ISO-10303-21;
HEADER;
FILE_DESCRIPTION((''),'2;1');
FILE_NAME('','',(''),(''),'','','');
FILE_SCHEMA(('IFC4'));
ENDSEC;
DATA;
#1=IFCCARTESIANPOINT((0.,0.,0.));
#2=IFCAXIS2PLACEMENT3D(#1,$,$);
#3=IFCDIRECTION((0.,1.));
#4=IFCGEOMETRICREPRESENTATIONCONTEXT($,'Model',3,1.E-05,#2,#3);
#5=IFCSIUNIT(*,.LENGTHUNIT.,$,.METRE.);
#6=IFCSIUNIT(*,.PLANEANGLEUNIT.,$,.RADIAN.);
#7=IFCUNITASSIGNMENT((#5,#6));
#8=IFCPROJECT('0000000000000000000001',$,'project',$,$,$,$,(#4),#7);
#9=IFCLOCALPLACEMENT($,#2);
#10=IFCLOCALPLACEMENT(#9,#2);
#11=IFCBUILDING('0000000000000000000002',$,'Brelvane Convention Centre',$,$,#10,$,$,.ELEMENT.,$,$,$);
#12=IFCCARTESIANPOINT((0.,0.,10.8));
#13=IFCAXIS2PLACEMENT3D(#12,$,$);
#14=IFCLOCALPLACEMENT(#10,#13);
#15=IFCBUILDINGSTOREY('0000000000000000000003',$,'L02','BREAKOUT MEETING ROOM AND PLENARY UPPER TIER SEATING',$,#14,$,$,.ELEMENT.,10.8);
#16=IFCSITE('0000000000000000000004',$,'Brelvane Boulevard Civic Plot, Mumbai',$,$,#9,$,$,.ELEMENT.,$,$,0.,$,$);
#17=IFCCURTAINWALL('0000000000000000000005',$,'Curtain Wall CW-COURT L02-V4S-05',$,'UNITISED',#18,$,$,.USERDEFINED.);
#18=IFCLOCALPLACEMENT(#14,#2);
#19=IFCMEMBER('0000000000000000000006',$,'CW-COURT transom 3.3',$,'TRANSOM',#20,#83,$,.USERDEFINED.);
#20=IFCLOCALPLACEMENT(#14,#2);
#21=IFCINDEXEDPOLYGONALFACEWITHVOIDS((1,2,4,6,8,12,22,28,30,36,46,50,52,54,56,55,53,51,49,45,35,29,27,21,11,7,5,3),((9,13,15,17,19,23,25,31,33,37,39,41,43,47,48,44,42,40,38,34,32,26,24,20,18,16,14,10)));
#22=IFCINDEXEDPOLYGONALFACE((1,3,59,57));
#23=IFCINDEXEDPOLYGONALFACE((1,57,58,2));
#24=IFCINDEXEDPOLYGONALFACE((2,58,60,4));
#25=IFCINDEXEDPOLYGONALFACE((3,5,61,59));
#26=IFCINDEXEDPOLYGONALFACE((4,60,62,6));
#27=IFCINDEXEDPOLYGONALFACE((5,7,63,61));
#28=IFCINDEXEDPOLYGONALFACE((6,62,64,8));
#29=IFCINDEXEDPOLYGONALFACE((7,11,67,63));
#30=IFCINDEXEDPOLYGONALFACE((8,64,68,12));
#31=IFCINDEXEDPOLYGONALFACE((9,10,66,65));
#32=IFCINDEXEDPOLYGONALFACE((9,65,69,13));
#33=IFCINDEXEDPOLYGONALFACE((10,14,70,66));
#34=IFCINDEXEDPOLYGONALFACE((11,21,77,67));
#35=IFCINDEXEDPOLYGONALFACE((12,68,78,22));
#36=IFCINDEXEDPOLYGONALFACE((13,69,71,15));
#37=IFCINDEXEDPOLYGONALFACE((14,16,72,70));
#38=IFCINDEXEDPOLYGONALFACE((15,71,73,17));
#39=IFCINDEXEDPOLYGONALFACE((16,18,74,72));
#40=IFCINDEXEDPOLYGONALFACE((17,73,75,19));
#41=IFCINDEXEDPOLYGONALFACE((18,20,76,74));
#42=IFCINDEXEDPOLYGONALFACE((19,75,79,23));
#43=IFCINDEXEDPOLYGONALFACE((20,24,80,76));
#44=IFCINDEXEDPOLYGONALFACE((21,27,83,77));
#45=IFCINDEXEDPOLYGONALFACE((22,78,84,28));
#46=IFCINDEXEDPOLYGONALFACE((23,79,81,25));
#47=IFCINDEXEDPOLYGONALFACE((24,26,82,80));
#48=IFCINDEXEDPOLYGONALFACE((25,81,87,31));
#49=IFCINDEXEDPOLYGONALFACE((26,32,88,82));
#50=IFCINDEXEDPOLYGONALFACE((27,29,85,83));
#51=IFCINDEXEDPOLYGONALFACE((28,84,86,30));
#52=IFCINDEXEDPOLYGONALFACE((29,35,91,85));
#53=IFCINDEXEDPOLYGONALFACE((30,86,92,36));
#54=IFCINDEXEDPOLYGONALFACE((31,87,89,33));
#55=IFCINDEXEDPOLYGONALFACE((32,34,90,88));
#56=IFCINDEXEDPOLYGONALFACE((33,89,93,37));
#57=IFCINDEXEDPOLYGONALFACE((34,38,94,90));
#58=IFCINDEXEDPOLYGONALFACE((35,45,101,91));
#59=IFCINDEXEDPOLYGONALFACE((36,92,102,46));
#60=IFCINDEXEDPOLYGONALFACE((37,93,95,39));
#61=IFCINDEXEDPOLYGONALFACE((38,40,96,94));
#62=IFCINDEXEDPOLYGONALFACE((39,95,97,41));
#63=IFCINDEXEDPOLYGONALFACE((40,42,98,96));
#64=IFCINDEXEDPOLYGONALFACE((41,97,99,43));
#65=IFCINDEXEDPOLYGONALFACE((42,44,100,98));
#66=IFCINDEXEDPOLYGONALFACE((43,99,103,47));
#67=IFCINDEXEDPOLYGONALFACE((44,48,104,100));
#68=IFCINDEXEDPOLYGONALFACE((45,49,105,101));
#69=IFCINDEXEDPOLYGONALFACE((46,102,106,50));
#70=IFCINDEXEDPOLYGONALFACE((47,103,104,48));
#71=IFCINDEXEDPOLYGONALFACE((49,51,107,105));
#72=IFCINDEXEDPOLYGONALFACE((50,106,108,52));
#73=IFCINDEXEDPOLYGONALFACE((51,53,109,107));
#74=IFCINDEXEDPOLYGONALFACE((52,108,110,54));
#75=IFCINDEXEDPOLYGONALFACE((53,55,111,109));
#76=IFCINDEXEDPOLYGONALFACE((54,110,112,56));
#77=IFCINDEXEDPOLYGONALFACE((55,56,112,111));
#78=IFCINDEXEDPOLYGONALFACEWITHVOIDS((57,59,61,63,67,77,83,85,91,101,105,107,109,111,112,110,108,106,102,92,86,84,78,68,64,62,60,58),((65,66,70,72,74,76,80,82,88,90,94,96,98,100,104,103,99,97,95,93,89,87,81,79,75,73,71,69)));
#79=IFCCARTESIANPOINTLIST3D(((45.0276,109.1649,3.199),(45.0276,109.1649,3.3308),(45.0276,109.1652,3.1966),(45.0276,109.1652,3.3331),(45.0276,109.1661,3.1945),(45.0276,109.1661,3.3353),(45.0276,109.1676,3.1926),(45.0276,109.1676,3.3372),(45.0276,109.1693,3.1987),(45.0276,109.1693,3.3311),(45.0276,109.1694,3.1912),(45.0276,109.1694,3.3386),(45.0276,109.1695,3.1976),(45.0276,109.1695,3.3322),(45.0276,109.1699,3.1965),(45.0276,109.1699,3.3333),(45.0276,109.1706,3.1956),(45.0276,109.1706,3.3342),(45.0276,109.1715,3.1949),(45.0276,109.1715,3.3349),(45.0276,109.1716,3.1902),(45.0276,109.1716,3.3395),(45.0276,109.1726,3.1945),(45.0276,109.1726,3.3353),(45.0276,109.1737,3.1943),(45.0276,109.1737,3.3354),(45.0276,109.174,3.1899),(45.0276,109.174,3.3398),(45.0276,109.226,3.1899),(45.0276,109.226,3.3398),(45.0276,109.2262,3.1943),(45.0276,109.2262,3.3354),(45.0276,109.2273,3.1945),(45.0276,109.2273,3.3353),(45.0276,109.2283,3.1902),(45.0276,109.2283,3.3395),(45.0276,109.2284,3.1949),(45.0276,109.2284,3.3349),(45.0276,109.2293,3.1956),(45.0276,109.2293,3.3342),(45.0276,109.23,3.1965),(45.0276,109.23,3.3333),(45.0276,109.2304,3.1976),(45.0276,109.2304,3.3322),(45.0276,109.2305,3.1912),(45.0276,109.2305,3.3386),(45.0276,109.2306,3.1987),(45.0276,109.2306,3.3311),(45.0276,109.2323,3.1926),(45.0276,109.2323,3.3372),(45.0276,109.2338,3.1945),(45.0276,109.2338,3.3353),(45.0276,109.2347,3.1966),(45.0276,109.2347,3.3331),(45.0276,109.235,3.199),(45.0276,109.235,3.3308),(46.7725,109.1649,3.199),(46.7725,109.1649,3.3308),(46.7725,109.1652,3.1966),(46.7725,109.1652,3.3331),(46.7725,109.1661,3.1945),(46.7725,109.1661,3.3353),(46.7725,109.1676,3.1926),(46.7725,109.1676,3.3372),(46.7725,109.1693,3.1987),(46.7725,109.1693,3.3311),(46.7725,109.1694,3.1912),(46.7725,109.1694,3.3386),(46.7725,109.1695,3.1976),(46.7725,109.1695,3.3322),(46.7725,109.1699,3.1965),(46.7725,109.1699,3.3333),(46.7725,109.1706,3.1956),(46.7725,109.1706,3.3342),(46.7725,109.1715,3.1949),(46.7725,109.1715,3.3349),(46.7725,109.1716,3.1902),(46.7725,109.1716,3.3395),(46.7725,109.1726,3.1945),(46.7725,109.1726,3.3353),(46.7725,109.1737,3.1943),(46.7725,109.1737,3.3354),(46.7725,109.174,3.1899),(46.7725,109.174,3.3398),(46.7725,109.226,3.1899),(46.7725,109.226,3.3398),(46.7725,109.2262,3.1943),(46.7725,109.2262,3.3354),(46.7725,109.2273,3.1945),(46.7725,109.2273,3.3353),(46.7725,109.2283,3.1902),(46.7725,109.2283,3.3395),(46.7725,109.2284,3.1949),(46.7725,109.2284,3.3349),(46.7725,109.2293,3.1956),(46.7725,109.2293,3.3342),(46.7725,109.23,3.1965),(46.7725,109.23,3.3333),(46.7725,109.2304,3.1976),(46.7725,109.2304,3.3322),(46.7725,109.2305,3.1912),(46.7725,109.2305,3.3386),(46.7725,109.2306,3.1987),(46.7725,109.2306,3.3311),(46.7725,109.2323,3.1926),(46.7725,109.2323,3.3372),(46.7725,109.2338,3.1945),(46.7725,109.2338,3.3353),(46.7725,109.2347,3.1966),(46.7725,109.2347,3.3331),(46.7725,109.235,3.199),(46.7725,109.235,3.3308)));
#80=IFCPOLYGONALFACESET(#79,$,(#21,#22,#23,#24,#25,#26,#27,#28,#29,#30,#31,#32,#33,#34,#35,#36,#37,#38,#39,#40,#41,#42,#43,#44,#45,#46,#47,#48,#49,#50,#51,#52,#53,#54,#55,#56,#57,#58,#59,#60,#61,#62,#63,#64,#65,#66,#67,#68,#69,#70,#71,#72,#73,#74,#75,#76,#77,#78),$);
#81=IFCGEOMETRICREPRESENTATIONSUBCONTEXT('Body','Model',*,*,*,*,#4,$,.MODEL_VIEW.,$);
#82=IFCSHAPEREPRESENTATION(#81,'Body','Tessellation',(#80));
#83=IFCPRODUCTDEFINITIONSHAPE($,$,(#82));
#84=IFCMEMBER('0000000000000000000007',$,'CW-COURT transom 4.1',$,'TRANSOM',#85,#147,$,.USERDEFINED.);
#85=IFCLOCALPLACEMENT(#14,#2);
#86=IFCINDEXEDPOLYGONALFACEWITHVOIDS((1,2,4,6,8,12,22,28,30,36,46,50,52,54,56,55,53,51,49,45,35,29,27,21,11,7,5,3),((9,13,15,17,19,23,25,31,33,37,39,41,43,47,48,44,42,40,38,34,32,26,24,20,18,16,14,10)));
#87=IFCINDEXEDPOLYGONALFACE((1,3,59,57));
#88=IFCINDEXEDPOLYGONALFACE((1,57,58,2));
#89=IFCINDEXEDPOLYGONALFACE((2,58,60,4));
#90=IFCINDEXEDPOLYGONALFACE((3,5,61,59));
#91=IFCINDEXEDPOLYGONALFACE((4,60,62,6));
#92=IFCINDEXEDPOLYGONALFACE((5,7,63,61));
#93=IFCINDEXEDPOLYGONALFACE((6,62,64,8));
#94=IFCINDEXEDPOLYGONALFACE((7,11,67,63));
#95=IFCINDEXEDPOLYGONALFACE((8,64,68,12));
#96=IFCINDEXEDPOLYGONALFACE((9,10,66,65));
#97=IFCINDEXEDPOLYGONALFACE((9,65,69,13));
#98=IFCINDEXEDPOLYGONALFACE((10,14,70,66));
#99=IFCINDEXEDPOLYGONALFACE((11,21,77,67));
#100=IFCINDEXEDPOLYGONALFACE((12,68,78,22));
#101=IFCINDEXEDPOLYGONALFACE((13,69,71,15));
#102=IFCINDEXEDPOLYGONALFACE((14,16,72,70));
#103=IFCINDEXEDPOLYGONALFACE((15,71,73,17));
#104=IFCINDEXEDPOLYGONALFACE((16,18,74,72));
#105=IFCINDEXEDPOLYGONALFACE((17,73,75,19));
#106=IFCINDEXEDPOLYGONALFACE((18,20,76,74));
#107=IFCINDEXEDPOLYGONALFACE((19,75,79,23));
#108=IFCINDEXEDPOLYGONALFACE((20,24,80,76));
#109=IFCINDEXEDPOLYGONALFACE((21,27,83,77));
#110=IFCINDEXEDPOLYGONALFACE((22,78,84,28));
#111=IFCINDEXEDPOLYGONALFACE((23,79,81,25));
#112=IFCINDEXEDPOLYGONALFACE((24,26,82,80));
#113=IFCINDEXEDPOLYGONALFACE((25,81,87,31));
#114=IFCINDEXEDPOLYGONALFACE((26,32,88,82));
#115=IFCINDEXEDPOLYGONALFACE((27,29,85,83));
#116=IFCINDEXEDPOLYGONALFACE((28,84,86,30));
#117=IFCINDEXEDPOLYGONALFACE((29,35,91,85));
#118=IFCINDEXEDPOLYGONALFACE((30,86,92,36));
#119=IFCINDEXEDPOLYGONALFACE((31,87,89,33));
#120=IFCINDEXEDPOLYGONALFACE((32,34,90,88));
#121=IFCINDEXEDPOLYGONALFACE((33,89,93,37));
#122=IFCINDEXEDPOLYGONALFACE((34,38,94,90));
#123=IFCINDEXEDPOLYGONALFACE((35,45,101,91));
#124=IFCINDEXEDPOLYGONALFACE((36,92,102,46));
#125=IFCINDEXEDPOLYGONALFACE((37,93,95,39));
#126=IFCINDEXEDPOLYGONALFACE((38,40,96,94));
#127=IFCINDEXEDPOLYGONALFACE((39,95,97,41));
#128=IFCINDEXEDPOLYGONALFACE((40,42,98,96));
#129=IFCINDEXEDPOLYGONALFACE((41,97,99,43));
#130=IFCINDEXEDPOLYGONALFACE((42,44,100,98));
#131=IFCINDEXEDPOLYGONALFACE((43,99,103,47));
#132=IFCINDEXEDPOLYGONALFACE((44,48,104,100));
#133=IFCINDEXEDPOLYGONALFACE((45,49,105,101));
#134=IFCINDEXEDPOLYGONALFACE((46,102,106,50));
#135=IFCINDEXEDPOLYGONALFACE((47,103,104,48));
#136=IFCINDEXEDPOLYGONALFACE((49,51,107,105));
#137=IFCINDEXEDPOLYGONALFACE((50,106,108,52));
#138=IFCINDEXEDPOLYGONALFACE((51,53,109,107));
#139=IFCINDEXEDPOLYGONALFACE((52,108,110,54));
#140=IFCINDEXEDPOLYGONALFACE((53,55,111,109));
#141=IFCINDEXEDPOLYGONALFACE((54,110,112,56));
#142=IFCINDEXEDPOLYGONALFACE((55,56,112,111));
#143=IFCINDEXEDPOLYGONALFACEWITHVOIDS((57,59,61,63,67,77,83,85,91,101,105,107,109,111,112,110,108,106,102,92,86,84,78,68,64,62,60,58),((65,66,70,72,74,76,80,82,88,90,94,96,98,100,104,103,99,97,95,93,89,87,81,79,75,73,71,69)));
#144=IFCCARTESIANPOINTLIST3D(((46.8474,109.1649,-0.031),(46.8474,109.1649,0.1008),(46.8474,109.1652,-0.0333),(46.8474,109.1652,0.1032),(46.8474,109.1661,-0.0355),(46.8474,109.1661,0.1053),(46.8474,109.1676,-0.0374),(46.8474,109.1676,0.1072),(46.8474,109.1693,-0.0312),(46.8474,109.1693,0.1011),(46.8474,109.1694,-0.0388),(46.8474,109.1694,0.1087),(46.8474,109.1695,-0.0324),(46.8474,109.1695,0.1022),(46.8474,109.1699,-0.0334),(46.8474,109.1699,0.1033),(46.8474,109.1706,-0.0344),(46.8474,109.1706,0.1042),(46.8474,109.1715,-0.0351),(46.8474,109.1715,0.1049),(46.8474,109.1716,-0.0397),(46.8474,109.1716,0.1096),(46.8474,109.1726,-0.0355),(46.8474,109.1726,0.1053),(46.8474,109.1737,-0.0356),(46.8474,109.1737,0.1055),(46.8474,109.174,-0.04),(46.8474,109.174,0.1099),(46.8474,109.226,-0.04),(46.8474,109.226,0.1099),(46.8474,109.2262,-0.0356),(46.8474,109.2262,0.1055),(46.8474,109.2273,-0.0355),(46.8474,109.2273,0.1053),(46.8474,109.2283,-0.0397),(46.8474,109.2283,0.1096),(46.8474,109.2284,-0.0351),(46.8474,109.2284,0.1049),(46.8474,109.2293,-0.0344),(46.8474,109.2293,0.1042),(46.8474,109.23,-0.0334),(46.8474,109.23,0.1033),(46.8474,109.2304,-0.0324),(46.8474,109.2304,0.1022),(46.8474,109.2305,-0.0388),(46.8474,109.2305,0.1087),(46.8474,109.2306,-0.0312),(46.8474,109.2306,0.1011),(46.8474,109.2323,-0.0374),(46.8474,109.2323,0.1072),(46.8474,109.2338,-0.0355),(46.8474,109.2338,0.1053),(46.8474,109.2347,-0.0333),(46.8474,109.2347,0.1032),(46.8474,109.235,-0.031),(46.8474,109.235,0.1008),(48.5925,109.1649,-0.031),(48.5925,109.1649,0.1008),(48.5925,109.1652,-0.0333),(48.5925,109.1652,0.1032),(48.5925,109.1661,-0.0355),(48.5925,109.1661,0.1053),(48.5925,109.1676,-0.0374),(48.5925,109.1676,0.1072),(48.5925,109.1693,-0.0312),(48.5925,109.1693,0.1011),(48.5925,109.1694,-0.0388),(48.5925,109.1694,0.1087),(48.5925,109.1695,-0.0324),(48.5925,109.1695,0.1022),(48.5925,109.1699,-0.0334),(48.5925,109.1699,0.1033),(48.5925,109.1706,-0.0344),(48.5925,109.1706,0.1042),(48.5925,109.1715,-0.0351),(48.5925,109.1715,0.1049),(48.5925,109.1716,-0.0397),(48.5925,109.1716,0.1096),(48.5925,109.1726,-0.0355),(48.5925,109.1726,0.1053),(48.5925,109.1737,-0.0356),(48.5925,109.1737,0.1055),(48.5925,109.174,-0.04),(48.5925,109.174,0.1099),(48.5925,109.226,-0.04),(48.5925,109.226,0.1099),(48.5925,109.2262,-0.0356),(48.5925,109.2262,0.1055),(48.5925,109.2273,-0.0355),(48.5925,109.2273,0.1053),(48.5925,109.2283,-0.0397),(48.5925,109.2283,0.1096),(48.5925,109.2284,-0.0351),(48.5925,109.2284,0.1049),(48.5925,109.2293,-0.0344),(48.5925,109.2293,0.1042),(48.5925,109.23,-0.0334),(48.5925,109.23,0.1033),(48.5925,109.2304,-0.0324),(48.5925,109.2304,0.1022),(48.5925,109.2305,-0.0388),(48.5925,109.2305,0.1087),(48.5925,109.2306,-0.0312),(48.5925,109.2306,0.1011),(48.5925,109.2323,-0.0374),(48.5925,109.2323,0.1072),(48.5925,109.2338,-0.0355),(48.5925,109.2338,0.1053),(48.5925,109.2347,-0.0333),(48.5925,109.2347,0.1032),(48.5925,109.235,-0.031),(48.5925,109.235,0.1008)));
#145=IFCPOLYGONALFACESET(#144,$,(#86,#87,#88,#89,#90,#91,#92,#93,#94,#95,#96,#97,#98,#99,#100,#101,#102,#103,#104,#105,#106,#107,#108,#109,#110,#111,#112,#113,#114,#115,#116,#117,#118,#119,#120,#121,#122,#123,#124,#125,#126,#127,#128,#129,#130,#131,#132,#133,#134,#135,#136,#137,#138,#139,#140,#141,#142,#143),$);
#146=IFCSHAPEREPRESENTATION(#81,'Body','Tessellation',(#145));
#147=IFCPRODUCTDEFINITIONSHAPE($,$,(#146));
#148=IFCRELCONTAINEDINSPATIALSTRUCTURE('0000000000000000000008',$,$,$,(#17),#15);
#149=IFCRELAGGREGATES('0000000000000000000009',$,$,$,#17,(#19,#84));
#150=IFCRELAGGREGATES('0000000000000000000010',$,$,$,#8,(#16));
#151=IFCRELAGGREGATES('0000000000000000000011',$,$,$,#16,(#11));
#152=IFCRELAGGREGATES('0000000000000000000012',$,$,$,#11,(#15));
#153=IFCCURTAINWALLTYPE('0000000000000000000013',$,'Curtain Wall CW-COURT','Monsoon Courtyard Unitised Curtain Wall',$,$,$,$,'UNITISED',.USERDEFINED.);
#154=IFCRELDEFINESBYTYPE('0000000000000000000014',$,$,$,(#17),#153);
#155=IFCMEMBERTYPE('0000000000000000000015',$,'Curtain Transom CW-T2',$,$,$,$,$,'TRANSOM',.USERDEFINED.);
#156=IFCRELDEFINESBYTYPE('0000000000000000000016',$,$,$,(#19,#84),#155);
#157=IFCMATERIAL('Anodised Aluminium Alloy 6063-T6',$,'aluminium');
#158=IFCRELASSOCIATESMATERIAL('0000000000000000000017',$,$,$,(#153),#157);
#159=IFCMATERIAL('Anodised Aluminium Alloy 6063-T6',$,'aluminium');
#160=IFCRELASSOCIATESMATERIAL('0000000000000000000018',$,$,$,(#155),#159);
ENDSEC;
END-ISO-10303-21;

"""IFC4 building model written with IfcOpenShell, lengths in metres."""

from ifc_helpers import new_model, si_unit, direction, frame, origin, origin_2d, place, context, subcontext, project, spatial, hollow_rectangle, extrude, material, material_profile, profile_set, type_object, element, aggregate, save


model = new_model("IFC4")

# Units and contexts
model_context = context("Model", 3, precision=1e-05, world=origin(), true_north=direction((0.0, 1.0)))
body_context = subcontext(model_context, "Body", "Model", "MODEL_VIEW")
ifc_project = project(units=[si_unit("LENGTHUNIT", "METRE"), si_unit("PLANEANGLEUNIT", "RADIAN")], contexts=[model_context])

# Site, building, storey
site_placement = place(None, origin())
site = spatial("IfcSite", under=ifc_project, at=site_placement, Name="Brelvane Boulevard Civic Plot, Mumbai", CompositionType="ELEMENT", RefElevation=0.0)
building_placement = place(site_placement, origin())
building = spatial("IfcBuilding", under=site, at=building_placement, Name="Brelvane Convention Centre", CompositionType="ELEMENT")
storey_placement = place(building_placement, frame((0.0, 0.0, 10.8)))
storey = spatial("IfcBuildingStorey", under=building, at=storey_placement, Name="L02", Description="BREAKOUT MEETING ROOM AND PLENARY UPPER TIER SEATING", CompositionType="ELEMENT", Elevation=10.8)

# Curtain wall, members
ifc_material_1 = material(Name="Anodised Aluminium Alloy 6063-T6", Category="aluminium")
curtain_wall_type = type_object("IfcCurtainWallType", Name="Curtain Wall CW-COURT", Description="Monsoon Courtyard Unitised Curtain Wall", ElementType="UNITISED", PredefinedType="USERDEFINED", material=ifc_material_1)
curtain_wall_placement = place(storey_placement, origin())
curtain_wall = element("IfcCurtainWall", 1, at=curtain_wall_placement, inside=storey, type_object=curtain_wall_type, Name="Curtain Wall CW-COURT L02-V4S-05", ObjectType="UNITISED", PredefinedType="USERDEFINED")
ifc_material_2 = material(Name="Anodised Aluminium Alloy 6063-T6", Category="aluminium")
ifc_material_profile_1 = material_profile(ifc_material_2, hollow_rectangle(XDim=0.0701, YDim=0.1499, WallThickness=0.0044, InnerFilletRadius=0.0044, OuterFilletRadius=0.009, at=origin_2d()), Name="ALU-T 150x70x4.5")
ifc_profile_set_1 = profile_set([ifc_material_profile_1], Name="Anodised Aluminium Alloy 6063-T6")
member_type_1 = type_object("IfcMemberType", Name="Curtain Transom CW-T2", ElementType="TRANSOM", PredefinedType="USERDEFINED", material=ifc_profile_set_1)
member_1_placement = place(storey_placement, frame((45.0276, 109.2, 3.2649), z_axis=(1.0, 0.0, 0.0), x_axis=(0.0, 1.0, 0.0)))
member_1 = element("IfcMember", 2, at=member_1_placement, type_object=member_type_1, Name="CW-COURT transom 3.3", ObjectType="TRANSOM", PredefinedType="USERDEFINED", context=body_context, shape_type="SweptSolid", body=[
    extrude(hollow_rectangle(XDim=0.0701, YDim=0.1499, WallThickness=0.0044, InnerFilletRadius=0.0044, OuterFilletRadius=0.009, at=origin_2d()), origin(), (0.0, 0.0, 1.0), 1.7449),
])
member_2_placement = place(storey_placement, frame((46.8474, 109.2, 0.0349), z_axis=(1.0, 0.0, 0.0), x_axis=(0.0, 1.0, 0.0)))
member_2 = element("IfcMember", 3, at=member_2_placement, type_object=member_type_1, Name="CW-COURT transom 4.1", ObjectType="TRANSOM", PredefinedType="USERDEFINED", context=body_context, shape_type="SweptSolid", body=[
    extrude(hollow_rectangle(XDim=0.0701, YDim=0.1499, WallThickness=0.0044, InnerFilletRadius=0.0044, OuterFilletRadius=0.009, at=origin_2d()), origin(), (0.0, 0.0, 1.0), 1.7451),
])

aggregate(curtain_wall, [member_1, member_2])

save(model, "model.ifc")
